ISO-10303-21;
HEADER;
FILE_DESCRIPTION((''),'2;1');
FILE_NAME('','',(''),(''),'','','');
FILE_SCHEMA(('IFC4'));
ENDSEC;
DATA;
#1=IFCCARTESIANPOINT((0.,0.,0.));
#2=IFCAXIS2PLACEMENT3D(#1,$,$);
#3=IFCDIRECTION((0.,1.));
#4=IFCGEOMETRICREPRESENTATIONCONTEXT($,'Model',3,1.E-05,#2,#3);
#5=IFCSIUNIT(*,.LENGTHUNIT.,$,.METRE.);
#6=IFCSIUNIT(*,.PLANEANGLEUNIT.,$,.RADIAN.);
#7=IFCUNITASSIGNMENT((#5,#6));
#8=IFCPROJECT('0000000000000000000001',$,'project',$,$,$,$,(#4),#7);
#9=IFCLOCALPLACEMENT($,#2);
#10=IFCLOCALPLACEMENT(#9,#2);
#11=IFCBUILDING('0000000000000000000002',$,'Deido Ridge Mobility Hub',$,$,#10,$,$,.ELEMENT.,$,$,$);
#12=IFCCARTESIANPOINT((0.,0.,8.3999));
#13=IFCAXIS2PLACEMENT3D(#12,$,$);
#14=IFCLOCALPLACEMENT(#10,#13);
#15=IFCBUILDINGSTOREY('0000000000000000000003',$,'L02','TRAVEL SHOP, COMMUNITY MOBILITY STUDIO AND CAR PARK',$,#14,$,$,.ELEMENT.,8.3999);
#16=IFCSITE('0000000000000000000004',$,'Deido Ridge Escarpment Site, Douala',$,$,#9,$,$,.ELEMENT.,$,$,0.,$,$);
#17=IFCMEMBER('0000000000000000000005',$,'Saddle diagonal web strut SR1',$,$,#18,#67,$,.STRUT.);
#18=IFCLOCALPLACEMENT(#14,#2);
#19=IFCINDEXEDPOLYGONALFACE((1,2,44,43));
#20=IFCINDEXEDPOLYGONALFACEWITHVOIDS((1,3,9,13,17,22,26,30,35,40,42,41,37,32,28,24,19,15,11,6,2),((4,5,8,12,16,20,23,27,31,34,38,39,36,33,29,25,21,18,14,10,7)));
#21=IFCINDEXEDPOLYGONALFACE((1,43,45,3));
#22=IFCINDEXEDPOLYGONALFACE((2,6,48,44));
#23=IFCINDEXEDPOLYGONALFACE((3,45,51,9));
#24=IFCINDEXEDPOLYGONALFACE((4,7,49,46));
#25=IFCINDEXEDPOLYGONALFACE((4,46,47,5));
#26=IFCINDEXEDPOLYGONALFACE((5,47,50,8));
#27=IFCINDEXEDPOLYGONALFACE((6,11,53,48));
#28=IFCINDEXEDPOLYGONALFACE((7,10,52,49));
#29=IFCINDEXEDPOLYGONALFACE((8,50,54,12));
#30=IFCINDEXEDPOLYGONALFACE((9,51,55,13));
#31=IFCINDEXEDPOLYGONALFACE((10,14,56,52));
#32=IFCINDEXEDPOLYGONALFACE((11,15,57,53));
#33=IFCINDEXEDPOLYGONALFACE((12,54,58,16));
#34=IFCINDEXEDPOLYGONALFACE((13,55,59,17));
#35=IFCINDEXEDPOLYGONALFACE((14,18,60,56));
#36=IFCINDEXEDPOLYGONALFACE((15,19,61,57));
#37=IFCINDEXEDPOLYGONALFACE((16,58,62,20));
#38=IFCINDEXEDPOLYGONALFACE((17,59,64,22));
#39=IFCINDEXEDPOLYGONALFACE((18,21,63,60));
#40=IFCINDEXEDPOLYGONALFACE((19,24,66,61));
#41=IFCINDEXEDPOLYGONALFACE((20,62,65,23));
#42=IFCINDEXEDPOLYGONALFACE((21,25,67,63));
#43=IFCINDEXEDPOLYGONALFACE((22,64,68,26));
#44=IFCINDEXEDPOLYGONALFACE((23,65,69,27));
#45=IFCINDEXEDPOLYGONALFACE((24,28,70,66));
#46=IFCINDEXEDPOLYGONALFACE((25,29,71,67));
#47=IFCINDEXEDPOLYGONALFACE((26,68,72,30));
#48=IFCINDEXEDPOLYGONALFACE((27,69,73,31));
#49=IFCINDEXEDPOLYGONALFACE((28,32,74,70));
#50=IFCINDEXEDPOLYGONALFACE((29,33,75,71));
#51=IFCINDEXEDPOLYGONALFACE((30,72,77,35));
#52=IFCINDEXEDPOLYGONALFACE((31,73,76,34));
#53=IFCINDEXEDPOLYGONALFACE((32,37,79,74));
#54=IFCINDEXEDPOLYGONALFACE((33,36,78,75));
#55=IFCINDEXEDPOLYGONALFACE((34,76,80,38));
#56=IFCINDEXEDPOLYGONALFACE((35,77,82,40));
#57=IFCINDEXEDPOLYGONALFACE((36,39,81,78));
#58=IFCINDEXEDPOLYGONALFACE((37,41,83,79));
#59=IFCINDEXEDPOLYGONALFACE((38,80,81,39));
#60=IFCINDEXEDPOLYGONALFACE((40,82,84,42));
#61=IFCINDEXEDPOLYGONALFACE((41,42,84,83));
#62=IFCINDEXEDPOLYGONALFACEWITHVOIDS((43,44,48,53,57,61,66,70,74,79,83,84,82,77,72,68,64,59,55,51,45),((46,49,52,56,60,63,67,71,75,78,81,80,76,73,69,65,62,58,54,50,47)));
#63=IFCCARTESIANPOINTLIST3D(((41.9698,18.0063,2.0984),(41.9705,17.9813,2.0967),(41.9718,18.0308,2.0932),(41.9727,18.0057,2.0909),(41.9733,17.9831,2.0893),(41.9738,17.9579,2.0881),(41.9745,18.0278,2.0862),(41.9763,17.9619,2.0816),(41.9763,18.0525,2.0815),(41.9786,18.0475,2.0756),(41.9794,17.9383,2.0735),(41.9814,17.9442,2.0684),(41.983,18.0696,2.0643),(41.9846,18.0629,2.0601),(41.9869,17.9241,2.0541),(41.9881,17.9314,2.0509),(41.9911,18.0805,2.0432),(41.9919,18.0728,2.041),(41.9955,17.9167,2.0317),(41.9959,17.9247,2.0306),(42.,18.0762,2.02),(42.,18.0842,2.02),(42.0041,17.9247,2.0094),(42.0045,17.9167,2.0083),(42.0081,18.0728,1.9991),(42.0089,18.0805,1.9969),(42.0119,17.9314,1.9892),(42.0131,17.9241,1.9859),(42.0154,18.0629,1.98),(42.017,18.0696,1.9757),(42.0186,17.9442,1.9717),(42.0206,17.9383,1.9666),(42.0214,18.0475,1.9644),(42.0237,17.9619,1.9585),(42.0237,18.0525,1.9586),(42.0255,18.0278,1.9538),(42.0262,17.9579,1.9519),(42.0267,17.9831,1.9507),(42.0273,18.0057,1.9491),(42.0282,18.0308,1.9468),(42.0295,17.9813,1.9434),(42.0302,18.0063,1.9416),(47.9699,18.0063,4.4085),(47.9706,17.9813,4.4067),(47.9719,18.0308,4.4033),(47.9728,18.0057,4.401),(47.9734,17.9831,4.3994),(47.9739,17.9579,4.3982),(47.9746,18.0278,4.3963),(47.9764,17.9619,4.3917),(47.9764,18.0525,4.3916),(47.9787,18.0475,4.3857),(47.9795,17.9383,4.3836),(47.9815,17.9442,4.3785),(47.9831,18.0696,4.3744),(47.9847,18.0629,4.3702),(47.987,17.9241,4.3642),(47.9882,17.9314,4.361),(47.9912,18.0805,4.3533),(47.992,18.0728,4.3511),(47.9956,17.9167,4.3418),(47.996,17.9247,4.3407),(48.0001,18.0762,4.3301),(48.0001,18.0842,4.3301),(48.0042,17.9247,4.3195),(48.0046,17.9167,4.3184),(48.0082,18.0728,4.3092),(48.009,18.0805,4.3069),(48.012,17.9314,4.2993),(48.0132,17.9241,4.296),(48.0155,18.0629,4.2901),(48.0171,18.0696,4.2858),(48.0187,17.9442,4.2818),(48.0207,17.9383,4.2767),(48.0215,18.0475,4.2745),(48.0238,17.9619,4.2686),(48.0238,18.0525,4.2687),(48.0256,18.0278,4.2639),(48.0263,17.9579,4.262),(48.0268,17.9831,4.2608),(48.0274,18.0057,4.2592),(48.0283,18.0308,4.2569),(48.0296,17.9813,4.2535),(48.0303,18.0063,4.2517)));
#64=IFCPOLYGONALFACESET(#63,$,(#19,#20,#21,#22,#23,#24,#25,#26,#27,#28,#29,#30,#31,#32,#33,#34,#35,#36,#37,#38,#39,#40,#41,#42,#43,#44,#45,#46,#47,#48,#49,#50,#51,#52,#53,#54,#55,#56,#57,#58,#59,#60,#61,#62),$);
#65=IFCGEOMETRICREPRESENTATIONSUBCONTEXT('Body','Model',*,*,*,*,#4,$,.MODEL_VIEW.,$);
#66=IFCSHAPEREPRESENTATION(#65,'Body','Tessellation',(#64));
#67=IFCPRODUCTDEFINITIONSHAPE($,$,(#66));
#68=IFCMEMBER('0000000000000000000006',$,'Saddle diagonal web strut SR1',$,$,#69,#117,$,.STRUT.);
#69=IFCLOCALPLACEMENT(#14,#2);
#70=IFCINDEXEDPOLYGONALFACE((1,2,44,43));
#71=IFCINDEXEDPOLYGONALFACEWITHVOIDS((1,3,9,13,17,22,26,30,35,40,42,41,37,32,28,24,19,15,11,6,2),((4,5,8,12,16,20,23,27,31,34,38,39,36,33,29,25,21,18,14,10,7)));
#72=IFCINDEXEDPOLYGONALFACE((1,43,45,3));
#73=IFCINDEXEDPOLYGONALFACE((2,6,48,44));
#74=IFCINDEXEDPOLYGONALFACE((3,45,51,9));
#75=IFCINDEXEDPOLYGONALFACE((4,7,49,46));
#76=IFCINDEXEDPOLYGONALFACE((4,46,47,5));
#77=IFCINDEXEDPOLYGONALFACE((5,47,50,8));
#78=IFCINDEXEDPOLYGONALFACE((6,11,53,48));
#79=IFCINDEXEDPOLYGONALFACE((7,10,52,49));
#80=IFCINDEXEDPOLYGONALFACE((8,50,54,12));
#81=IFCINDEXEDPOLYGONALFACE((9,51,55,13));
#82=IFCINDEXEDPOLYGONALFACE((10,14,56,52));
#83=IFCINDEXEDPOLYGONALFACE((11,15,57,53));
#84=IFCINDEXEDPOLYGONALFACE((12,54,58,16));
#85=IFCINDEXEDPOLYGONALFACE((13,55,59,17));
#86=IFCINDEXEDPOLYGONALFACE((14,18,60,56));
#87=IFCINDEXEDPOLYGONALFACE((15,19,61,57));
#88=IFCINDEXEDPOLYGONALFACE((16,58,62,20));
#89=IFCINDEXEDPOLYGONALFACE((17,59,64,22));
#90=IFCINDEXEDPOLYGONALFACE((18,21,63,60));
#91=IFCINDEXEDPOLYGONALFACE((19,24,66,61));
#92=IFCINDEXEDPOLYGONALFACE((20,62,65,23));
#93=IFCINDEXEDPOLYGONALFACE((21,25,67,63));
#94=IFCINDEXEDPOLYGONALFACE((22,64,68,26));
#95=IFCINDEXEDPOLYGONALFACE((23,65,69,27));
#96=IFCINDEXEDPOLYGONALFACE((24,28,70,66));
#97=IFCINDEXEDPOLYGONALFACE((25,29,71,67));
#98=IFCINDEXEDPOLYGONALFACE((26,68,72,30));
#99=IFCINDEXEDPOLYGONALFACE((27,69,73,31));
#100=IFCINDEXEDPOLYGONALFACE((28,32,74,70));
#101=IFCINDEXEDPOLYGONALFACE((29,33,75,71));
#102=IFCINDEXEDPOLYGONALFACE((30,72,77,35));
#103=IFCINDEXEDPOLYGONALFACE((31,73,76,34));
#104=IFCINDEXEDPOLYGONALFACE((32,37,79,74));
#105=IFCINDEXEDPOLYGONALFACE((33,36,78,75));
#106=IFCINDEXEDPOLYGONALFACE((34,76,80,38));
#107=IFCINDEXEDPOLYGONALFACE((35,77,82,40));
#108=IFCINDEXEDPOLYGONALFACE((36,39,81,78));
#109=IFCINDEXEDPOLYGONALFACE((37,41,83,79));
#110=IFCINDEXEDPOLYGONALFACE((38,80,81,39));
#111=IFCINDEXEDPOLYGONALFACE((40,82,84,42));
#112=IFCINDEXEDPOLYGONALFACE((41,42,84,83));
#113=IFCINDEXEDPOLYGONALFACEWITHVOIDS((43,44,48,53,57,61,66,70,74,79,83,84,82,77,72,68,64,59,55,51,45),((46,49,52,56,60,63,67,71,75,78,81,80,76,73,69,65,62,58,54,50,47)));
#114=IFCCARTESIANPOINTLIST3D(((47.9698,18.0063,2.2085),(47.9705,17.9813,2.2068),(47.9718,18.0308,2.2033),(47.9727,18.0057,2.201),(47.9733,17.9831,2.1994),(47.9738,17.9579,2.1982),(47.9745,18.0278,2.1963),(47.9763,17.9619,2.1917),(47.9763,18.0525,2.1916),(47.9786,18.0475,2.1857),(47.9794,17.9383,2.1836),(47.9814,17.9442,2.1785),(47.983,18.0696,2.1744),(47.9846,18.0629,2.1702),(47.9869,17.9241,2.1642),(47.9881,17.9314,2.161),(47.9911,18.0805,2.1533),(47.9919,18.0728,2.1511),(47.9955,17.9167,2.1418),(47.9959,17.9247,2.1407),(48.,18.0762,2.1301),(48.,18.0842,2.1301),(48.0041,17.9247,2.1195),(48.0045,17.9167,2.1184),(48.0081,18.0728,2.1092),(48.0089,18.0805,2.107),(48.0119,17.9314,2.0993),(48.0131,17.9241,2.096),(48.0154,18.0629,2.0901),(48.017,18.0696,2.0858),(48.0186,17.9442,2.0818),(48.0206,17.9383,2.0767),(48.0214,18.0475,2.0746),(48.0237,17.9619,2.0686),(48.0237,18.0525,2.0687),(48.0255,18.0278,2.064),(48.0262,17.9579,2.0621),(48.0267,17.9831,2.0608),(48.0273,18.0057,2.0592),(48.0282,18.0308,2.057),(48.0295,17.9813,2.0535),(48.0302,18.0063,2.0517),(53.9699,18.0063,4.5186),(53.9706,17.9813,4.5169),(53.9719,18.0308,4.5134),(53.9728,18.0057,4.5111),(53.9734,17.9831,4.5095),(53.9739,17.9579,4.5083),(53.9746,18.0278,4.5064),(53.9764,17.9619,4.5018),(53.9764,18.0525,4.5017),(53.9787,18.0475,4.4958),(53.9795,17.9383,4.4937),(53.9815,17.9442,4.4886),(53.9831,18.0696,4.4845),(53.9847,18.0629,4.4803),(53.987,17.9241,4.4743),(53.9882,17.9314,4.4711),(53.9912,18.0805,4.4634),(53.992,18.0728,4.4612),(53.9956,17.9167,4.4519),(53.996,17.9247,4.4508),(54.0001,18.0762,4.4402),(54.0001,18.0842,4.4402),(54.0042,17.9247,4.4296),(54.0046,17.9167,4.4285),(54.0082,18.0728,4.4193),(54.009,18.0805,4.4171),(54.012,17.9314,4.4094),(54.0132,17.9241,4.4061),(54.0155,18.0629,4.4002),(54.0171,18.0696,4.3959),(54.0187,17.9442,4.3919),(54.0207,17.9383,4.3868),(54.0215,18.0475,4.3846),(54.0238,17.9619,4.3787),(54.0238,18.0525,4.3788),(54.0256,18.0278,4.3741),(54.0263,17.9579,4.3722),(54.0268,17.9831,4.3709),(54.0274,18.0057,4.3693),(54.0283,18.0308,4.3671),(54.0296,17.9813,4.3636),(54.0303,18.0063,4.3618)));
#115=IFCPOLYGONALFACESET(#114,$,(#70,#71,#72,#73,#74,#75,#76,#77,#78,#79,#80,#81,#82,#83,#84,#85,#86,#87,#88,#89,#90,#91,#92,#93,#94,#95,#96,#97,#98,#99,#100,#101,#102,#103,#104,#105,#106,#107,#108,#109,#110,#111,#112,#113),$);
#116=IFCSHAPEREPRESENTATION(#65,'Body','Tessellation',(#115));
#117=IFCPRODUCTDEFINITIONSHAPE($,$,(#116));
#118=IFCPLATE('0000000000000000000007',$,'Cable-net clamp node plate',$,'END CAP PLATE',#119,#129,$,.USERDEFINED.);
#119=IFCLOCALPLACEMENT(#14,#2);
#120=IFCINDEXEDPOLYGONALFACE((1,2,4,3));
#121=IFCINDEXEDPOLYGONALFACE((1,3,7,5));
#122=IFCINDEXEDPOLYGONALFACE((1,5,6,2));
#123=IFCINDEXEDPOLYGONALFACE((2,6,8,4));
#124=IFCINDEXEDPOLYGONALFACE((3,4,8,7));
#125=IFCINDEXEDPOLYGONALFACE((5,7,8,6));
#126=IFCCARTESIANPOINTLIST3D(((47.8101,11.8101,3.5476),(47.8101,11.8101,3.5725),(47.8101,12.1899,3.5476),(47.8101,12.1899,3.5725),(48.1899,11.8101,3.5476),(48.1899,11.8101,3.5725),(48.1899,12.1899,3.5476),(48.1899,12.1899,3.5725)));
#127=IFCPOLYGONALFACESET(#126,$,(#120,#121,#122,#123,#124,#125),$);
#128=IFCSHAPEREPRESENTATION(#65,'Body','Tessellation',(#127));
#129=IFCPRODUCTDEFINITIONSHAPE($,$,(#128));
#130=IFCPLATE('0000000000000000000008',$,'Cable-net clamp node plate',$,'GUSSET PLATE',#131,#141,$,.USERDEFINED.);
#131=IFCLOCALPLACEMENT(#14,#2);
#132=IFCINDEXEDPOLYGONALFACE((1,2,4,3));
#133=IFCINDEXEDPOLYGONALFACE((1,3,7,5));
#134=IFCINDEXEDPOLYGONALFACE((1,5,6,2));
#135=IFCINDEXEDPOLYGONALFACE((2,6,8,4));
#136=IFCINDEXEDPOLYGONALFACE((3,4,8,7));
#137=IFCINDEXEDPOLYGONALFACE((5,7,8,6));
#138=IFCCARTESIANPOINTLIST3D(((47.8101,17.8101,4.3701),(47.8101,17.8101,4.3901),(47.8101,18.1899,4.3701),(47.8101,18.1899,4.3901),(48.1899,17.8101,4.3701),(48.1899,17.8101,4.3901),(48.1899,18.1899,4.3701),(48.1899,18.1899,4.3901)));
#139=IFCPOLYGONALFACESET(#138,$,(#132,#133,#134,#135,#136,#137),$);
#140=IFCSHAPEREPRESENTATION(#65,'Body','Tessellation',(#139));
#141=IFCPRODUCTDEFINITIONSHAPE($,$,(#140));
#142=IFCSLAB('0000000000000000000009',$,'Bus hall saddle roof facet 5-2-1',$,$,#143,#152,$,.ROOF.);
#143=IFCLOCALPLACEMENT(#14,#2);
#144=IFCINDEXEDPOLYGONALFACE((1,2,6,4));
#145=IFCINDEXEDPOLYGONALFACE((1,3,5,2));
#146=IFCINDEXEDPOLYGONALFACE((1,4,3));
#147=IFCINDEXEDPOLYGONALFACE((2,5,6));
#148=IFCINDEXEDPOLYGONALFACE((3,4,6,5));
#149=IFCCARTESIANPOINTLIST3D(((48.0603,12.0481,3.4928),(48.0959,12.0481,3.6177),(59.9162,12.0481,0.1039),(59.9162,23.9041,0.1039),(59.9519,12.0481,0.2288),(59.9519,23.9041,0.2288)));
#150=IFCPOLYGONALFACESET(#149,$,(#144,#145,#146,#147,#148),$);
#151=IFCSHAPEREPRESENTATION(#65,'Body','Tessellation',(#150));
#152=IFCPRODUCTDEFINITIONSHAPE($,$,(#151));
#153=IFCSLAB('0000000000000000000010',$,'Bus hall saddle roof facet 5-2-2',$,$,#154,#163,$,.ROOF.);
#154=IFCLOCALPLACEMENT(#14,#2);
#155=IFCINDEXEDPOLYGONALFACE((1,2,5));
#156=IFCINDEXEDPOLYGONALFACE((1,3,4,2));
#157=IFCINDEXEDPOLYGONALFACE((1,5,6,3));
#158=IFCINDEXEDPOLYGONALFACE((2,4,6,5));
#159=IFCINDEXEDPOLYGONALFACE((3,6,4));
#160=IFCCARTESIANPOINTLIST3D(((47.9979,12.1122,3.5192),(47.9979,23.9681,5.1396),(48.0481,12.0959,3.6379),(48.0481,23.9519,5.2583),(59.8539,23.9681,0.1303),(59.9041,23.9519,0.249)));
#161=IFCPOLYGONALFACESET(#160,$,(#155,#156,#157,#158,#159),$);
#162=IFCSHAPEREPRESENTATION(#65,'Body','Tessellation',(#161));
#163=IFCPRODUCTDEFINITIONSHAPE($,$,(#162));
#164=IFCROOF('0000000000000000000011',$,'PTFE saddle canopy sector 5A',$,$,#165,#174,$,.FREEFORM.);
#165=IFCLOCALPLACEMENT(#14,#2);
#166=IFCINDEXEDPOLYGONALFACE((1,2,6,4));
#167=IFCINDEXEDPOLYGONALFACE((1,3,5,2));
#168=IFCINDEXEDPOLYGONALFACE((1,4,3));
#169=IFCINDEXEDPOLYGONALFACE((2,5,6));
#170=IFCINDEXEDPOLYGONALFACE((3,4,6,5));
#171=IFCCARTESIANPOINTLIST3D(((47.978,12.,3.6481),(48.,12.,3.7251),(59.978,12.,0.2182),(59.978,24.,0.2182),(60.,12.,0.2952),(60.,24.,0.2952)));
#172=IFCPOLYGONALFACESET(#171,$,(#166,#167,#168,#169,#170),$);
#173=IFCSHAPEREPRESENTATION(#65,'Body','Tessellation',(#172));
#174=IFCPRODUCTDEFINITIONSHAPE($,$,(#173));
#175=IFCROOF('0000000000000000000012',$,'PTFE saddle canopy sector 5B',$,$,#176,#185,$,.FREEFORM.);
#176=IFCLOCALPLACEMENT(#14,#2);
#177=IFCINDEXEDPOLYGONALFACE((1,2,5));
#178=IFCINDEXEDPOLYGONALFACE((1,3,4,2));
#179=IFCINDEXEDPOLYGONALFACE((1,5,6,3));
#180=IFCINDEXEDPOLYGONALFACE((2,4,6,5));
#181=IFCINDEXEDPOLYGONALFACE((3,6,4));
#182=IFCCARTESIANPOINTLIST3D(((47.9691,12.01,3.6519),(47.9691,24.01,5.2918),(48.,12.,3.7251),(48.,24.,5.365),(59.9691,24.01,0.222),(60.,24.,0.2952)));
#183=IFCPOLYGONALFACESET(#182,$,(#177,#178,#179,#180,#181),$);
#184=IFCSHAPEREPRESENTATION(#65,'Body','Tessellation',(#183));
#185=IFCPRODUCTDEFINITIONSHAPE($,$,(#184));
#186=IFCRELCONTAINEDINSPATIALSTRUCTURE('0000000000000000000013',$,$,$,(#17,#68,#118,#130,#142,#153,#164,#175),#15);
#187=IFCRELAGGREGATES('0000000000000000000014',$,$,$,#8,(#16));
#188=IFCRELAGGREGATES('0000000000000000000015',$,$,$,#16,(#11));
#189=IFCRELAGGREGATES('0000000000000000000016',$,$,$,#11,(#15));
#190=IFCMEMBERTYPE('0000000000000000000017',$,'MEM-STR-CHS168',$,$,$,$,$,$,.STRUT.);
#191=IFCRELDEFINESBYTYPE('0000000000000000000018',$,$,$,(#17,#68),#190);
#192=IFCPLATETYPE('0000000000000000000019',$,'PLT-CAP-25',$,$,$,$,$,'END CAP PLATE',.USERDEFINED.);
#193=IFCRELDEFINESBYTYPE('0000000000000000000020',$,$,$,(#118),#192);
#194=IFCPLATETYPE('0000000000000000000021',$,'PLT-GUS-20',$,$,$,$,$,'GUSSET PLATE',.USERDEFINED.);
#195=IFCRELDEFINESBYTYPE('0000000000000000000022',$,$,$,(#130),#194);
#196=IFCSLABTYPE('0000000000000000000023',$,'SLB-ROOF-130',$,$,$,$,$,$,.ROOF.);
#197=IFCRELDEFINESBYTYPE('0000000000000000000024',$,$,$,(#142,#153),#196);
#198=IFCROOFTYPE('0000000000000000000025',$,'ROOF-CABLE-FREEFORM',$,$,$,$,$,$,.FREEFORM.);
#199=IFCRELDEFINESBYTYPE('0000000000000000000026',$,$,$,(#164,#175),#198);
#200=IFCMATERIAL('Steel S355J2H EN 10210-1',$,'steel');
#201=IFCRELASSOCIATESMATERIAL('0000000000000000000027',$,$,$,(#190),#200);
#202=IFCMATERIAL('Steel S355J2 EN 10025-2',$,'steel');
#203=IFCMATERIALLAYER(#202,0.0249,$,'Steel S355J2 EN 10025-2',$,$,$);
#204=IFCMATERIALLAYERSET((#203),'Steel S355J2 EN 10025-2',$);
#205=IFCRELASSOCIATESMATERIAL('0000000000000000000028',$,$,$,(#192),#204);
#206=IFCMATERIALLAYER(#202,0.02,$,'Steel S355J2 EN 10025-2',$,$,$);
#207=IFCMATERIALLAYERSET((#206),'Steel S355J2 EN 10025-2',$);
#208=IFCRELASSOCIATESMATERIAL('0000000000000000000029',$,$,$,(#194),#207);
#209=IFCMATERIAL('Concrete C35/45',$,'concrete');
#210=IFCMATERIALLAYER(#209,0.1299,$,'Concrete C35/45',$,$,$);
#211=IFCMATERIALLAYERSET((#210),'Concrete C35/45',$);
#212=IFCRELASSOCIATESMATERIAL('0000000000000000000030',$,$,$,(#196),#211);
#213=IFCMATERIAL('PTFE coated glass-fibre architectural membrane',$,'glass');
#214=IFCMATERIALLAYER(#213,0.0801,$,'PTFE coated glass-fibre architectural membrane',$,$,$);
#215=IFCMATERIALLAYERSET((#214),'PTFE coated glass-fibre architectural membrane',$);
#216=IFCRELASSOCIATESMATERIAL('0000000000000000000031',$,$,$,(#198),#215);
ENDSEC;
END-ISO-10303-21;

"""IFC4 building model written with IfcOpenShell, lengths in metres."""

from ifc_helpers import new_model, si_unit, direction, frame, origin, origin_2d, place, context, subcontext, project, spatial, polyline, rectangle, hollow_circle, outline, extrude, material, layer, layer_set, material_profile, profile_set, type_object, element, save


model = new_model("IFC4")

# Units and contexts
model_context = context("Model", 3, precision=1e-05, world=origin(), true_north=direction((0.0, 1.0)))
body_context = subcontext(model_context, "Body", "Model", "MODEL_VIEW")
ifc_project = project(units=[si_unit("LENGTHUNIT", "METRE"), si_unit("PLANEANGLEUNIT", "RADIAN")], contexts=[model_context])

# Site, building, storey
site_placement = place(None, origin())
site = spatial("IfcSite", under=ifc_project, at=site_placement, Name="Deido Ridge Escarpment Site, Douala", CompositionType="ELEMENT", RefElevation=0.0)
building_placement = place(site_placement, origin())
building = spatial("IfcBuilding", under=site, at=building_placement, Name="Deido Ridge Mobility Hub", CompositionType="ELEMENT")
storey_placement = place(building_placement, frame((0.0, 0.0, 8.3999)))
storey = spatial("IfcBuildingStorey", under=building, at=storey_placement, Name="L02", Description="TRAVEL SHOP, COMMUNITY MOBILITY STUDIO AND CAR PARK", CompositionType="ELEMENT", Elevation=8.3999)

# Shared definitions
ifc_material_1 = material(Name="Steel S355J2 EN 10025-2", Category="steel")

# Members
ifc_material_2 = material(Name="Steel S355J2H EN 10210-1", Category="steel")
ifc_material_profile_1 = material_profile(ifc_material_2, hollow_circle(Radius=0.0842, WallThickness=0.0081, at=origin_2d()), Name="CHS 168.3x8")
ifc_profile_set_1 = profile_set([ifc_material_profile_1], Name="Steel S355J2H EN 10210-1")
member_type_1 = type_object("IfcMemberType", Name="MEM-STR-CHS168", PredefinedType="STRUT", material=ifc_profile_set_1)
for number, where, z_axis, x_axis, name in (
    (1, (42.0, 18.0, 2.02), (0.933222, 0.0, 0.3593), (0.0, 1.0, 0.0), "Saddle diagonal web strut SR1"),
    (2, (48.0, 18.0, 2.1301), (0.933222, 0.0, 0.3593), (0.0, 1.0, 0.0), "Saddle diagonal web strut SR1"),
):
    element("IfcMember", number, at=place(storey_placement, frame(where, z_axis=z_axis, x_axis=x_axis)), inside=storey, type_object=member_type_1, Name=name, PredefinedType="STRUT", context=body_context, shape_type="SweptSolid", body=[
        extrude(hollow_circle(Radius=0.0842, WallThickness=0.0081, at=origin_2d()), origin(), (0.0, 0.0, 1.0), 6.4294),
    ])

# Plates
ifc_layer_1 = layer(ifc_material_1, 0.0249, Name="Steel S355J2 EN 10025-2")
ifc_layer_set_1 = layer_set([ifc_layer_1], Name="Steel S355J2 EN 10025-2")
plate_type_1 = type_object("IfcPlateType", Name="PLT-CAP-25", ElementType="END CAP PLATE", PredefinedType="USERDEFINED", material=ifc_layer_set_1)
plate_1_placement = place(storey_placement, frame((48.0, 12.0, 3.5476), z_axis=(0.0, 0.0, 1.0), x_axis=(1.0, 0.0, 0.0)))
element("IfcPlate", 3, at=plate_1_placement, inside=storey, type_object=plate_type_1, Name="Cable-net clamp node plate", ObjectType="END CAP PLATE", PredefinedType="USERDEFINED", context=body_context, shape_type="SweptSolid", body=[
    extrude(rectangle(XDim=0.3799, YDim=0.3799, at=origin_2d()), origin(), (0.0, 0.0, 1.0), 0.0249),
])
ifc_layer_2 = layer(ifc_material_1, 0.02, Name="Steel S355J2 EN 10025-2")
ifc_layer_set_2 = layer_set([ifc_layer_2], Name="Steel S355J2 EN 10025-2")
plate_type_2 = type_object("IfcPlateType", Name="PLT-GUS-20", ElementType="GUSSET PLATE", PredefinedType="USERDEFINED", material=ifc_layer_set_2)
plate_2_placement = place(storey_placement, frame((48.0, 18.0, 4.3701), z_axis=(0.0, 0.0, 1.0), x_axis=(1.0, 0.0, 0.0)))
element("IfcPlate", 4, at=plate_2_placement, inside=storey, type_object=plate_type_2, Name="Cable-net clamp node plate", ObjectType="GUSSET PLATE", PredefinedType="USERDEFINED", context=body_context, shape_type="SweptSolid", body=[
    extrude(rectangle(XDim=0.3799, YDim=0.3799, at=origin_2d()), origin(), (0.0, 0.0, 1.0), 0.02),
])

# Slabs
ifc_material_3 = material(Name="Concrete C35/45", Category="concrete")
ifc_layer_3 = layer(ifc_material_3, 0.1299, Name="Concrete C35/45")
ifc_layer_set_3 = layer_set([ifc_layer_3], Name="Concrete C35/45")
slab_type = type_object("IfcSlabType", Name="SLB-ROOF-130", PredefinedType="ROOF", material=ifc_layer_set_3)
slab_1_placement = place(storey_placement, frame((48.0959, 12.0481, 3.6177), z_axis=(0.274834, 0.0, 0.961492), x_axis=(0.961492, 0.0, -0.274834)))
element("IfcSlab", 5, at=slab_1_placement, inside=storey, type_object=slab_type, Name="Bus hall saddle roof facet 5-2-1", PredefinedType="ROOF", context=body_context, shape_type="SweptSolid", body=[
    extrude(outline(polyline([(0.0, 0.0), (12.3308, 0.0), (12.3308, 11.856), (0.0, 0.0)])), origin(), (0.0, 0.0, -1.0), 0.1299),
])
slab_2_placement = place(storey_placement, frame((48.0481, 12.0959, 3.6379), z_axis=(0.38615, -0.124909, 0.91394), x_axis=(0.693091, 0.693091, -0.198114)))
element("IfcSlab", 6, at=slab_2_placement, inside=storey, type_object=slab_type, Name="Bus hall saddle roof facet 5-2-2", PredefinedType="ROOF", context=body_context, shape_type="SweptSolid", body=[
    extrude(outline(polyline([(0.0, 0.0), (17.1059, 0.0), (7.8962, 8.991), (0.0, 0.0)])), origin(), (0.0, 0.0, -1.0), 0.1299),
])

# Roofs
ifc_material_4 = material(Name="PTFE coated glass-fibre architectural membrane", Category="glass")
ifc_layer_4 = layer(ifc_material_4, 0.0801, Name="PTFE coated glass-fibre architectural membrane")
ifc_layer_set_4 = layer_set([ifc_layer_4], Name="PTFE coated glass-fibre architectural membrane")
roof_type = type_object("IfcRoofType", Name="ROOF-CABLE-FREEFORM", PredefinedType="FREEFORM", material=ifc_layer_set_4)
roof_1_placement = place(storey_placement, frame((48.0, 12.0, 3.7251), z_axis=(0.274822, 0.0, 0.961495), x_axis=(0.961495, 0.0, -0.274822)))
element("IfcRoof", 7, at=roof_1_placement, inside=storey, type_object=roof_type, Name="PTFE saddle canopy sector 5A", PredefinedType="FREEFORM", context=body_context, shape_type="SweptSolid", body=[
    extrude(outline(polyline([(0.0, 0.0), (12.4806, 0.0), (12.4806, 12.0), (0.0, 0.0)])), origin(), (0.0, 0.0, -1.0), 0.0801),
])
roof_2_placement = place(storey_placement, frame((48.0, 12.0, 3.7251), z_axis=(0.38613, -0.124898, 0.91395), x_axis=(0.693092, 0.693092, -0.198105)))
element("IfcRoof", 8, at=roof_2_placement, inside=storey, type_object=roof_type, Name="PTFE saddle canopy sector 5B", PredefinedType="FREEFORM", context=body_context, shape_type="SweptSolid", body=[
    extrude(outline(polyline([(0.0, 0.0), (17.3137, 0.0), (7.9922, 9.1002), (0.0, 0.0)])), origin(), (0.0, 0.0, -1.0), 0.0801),
])

save(model, "model.ifc")
